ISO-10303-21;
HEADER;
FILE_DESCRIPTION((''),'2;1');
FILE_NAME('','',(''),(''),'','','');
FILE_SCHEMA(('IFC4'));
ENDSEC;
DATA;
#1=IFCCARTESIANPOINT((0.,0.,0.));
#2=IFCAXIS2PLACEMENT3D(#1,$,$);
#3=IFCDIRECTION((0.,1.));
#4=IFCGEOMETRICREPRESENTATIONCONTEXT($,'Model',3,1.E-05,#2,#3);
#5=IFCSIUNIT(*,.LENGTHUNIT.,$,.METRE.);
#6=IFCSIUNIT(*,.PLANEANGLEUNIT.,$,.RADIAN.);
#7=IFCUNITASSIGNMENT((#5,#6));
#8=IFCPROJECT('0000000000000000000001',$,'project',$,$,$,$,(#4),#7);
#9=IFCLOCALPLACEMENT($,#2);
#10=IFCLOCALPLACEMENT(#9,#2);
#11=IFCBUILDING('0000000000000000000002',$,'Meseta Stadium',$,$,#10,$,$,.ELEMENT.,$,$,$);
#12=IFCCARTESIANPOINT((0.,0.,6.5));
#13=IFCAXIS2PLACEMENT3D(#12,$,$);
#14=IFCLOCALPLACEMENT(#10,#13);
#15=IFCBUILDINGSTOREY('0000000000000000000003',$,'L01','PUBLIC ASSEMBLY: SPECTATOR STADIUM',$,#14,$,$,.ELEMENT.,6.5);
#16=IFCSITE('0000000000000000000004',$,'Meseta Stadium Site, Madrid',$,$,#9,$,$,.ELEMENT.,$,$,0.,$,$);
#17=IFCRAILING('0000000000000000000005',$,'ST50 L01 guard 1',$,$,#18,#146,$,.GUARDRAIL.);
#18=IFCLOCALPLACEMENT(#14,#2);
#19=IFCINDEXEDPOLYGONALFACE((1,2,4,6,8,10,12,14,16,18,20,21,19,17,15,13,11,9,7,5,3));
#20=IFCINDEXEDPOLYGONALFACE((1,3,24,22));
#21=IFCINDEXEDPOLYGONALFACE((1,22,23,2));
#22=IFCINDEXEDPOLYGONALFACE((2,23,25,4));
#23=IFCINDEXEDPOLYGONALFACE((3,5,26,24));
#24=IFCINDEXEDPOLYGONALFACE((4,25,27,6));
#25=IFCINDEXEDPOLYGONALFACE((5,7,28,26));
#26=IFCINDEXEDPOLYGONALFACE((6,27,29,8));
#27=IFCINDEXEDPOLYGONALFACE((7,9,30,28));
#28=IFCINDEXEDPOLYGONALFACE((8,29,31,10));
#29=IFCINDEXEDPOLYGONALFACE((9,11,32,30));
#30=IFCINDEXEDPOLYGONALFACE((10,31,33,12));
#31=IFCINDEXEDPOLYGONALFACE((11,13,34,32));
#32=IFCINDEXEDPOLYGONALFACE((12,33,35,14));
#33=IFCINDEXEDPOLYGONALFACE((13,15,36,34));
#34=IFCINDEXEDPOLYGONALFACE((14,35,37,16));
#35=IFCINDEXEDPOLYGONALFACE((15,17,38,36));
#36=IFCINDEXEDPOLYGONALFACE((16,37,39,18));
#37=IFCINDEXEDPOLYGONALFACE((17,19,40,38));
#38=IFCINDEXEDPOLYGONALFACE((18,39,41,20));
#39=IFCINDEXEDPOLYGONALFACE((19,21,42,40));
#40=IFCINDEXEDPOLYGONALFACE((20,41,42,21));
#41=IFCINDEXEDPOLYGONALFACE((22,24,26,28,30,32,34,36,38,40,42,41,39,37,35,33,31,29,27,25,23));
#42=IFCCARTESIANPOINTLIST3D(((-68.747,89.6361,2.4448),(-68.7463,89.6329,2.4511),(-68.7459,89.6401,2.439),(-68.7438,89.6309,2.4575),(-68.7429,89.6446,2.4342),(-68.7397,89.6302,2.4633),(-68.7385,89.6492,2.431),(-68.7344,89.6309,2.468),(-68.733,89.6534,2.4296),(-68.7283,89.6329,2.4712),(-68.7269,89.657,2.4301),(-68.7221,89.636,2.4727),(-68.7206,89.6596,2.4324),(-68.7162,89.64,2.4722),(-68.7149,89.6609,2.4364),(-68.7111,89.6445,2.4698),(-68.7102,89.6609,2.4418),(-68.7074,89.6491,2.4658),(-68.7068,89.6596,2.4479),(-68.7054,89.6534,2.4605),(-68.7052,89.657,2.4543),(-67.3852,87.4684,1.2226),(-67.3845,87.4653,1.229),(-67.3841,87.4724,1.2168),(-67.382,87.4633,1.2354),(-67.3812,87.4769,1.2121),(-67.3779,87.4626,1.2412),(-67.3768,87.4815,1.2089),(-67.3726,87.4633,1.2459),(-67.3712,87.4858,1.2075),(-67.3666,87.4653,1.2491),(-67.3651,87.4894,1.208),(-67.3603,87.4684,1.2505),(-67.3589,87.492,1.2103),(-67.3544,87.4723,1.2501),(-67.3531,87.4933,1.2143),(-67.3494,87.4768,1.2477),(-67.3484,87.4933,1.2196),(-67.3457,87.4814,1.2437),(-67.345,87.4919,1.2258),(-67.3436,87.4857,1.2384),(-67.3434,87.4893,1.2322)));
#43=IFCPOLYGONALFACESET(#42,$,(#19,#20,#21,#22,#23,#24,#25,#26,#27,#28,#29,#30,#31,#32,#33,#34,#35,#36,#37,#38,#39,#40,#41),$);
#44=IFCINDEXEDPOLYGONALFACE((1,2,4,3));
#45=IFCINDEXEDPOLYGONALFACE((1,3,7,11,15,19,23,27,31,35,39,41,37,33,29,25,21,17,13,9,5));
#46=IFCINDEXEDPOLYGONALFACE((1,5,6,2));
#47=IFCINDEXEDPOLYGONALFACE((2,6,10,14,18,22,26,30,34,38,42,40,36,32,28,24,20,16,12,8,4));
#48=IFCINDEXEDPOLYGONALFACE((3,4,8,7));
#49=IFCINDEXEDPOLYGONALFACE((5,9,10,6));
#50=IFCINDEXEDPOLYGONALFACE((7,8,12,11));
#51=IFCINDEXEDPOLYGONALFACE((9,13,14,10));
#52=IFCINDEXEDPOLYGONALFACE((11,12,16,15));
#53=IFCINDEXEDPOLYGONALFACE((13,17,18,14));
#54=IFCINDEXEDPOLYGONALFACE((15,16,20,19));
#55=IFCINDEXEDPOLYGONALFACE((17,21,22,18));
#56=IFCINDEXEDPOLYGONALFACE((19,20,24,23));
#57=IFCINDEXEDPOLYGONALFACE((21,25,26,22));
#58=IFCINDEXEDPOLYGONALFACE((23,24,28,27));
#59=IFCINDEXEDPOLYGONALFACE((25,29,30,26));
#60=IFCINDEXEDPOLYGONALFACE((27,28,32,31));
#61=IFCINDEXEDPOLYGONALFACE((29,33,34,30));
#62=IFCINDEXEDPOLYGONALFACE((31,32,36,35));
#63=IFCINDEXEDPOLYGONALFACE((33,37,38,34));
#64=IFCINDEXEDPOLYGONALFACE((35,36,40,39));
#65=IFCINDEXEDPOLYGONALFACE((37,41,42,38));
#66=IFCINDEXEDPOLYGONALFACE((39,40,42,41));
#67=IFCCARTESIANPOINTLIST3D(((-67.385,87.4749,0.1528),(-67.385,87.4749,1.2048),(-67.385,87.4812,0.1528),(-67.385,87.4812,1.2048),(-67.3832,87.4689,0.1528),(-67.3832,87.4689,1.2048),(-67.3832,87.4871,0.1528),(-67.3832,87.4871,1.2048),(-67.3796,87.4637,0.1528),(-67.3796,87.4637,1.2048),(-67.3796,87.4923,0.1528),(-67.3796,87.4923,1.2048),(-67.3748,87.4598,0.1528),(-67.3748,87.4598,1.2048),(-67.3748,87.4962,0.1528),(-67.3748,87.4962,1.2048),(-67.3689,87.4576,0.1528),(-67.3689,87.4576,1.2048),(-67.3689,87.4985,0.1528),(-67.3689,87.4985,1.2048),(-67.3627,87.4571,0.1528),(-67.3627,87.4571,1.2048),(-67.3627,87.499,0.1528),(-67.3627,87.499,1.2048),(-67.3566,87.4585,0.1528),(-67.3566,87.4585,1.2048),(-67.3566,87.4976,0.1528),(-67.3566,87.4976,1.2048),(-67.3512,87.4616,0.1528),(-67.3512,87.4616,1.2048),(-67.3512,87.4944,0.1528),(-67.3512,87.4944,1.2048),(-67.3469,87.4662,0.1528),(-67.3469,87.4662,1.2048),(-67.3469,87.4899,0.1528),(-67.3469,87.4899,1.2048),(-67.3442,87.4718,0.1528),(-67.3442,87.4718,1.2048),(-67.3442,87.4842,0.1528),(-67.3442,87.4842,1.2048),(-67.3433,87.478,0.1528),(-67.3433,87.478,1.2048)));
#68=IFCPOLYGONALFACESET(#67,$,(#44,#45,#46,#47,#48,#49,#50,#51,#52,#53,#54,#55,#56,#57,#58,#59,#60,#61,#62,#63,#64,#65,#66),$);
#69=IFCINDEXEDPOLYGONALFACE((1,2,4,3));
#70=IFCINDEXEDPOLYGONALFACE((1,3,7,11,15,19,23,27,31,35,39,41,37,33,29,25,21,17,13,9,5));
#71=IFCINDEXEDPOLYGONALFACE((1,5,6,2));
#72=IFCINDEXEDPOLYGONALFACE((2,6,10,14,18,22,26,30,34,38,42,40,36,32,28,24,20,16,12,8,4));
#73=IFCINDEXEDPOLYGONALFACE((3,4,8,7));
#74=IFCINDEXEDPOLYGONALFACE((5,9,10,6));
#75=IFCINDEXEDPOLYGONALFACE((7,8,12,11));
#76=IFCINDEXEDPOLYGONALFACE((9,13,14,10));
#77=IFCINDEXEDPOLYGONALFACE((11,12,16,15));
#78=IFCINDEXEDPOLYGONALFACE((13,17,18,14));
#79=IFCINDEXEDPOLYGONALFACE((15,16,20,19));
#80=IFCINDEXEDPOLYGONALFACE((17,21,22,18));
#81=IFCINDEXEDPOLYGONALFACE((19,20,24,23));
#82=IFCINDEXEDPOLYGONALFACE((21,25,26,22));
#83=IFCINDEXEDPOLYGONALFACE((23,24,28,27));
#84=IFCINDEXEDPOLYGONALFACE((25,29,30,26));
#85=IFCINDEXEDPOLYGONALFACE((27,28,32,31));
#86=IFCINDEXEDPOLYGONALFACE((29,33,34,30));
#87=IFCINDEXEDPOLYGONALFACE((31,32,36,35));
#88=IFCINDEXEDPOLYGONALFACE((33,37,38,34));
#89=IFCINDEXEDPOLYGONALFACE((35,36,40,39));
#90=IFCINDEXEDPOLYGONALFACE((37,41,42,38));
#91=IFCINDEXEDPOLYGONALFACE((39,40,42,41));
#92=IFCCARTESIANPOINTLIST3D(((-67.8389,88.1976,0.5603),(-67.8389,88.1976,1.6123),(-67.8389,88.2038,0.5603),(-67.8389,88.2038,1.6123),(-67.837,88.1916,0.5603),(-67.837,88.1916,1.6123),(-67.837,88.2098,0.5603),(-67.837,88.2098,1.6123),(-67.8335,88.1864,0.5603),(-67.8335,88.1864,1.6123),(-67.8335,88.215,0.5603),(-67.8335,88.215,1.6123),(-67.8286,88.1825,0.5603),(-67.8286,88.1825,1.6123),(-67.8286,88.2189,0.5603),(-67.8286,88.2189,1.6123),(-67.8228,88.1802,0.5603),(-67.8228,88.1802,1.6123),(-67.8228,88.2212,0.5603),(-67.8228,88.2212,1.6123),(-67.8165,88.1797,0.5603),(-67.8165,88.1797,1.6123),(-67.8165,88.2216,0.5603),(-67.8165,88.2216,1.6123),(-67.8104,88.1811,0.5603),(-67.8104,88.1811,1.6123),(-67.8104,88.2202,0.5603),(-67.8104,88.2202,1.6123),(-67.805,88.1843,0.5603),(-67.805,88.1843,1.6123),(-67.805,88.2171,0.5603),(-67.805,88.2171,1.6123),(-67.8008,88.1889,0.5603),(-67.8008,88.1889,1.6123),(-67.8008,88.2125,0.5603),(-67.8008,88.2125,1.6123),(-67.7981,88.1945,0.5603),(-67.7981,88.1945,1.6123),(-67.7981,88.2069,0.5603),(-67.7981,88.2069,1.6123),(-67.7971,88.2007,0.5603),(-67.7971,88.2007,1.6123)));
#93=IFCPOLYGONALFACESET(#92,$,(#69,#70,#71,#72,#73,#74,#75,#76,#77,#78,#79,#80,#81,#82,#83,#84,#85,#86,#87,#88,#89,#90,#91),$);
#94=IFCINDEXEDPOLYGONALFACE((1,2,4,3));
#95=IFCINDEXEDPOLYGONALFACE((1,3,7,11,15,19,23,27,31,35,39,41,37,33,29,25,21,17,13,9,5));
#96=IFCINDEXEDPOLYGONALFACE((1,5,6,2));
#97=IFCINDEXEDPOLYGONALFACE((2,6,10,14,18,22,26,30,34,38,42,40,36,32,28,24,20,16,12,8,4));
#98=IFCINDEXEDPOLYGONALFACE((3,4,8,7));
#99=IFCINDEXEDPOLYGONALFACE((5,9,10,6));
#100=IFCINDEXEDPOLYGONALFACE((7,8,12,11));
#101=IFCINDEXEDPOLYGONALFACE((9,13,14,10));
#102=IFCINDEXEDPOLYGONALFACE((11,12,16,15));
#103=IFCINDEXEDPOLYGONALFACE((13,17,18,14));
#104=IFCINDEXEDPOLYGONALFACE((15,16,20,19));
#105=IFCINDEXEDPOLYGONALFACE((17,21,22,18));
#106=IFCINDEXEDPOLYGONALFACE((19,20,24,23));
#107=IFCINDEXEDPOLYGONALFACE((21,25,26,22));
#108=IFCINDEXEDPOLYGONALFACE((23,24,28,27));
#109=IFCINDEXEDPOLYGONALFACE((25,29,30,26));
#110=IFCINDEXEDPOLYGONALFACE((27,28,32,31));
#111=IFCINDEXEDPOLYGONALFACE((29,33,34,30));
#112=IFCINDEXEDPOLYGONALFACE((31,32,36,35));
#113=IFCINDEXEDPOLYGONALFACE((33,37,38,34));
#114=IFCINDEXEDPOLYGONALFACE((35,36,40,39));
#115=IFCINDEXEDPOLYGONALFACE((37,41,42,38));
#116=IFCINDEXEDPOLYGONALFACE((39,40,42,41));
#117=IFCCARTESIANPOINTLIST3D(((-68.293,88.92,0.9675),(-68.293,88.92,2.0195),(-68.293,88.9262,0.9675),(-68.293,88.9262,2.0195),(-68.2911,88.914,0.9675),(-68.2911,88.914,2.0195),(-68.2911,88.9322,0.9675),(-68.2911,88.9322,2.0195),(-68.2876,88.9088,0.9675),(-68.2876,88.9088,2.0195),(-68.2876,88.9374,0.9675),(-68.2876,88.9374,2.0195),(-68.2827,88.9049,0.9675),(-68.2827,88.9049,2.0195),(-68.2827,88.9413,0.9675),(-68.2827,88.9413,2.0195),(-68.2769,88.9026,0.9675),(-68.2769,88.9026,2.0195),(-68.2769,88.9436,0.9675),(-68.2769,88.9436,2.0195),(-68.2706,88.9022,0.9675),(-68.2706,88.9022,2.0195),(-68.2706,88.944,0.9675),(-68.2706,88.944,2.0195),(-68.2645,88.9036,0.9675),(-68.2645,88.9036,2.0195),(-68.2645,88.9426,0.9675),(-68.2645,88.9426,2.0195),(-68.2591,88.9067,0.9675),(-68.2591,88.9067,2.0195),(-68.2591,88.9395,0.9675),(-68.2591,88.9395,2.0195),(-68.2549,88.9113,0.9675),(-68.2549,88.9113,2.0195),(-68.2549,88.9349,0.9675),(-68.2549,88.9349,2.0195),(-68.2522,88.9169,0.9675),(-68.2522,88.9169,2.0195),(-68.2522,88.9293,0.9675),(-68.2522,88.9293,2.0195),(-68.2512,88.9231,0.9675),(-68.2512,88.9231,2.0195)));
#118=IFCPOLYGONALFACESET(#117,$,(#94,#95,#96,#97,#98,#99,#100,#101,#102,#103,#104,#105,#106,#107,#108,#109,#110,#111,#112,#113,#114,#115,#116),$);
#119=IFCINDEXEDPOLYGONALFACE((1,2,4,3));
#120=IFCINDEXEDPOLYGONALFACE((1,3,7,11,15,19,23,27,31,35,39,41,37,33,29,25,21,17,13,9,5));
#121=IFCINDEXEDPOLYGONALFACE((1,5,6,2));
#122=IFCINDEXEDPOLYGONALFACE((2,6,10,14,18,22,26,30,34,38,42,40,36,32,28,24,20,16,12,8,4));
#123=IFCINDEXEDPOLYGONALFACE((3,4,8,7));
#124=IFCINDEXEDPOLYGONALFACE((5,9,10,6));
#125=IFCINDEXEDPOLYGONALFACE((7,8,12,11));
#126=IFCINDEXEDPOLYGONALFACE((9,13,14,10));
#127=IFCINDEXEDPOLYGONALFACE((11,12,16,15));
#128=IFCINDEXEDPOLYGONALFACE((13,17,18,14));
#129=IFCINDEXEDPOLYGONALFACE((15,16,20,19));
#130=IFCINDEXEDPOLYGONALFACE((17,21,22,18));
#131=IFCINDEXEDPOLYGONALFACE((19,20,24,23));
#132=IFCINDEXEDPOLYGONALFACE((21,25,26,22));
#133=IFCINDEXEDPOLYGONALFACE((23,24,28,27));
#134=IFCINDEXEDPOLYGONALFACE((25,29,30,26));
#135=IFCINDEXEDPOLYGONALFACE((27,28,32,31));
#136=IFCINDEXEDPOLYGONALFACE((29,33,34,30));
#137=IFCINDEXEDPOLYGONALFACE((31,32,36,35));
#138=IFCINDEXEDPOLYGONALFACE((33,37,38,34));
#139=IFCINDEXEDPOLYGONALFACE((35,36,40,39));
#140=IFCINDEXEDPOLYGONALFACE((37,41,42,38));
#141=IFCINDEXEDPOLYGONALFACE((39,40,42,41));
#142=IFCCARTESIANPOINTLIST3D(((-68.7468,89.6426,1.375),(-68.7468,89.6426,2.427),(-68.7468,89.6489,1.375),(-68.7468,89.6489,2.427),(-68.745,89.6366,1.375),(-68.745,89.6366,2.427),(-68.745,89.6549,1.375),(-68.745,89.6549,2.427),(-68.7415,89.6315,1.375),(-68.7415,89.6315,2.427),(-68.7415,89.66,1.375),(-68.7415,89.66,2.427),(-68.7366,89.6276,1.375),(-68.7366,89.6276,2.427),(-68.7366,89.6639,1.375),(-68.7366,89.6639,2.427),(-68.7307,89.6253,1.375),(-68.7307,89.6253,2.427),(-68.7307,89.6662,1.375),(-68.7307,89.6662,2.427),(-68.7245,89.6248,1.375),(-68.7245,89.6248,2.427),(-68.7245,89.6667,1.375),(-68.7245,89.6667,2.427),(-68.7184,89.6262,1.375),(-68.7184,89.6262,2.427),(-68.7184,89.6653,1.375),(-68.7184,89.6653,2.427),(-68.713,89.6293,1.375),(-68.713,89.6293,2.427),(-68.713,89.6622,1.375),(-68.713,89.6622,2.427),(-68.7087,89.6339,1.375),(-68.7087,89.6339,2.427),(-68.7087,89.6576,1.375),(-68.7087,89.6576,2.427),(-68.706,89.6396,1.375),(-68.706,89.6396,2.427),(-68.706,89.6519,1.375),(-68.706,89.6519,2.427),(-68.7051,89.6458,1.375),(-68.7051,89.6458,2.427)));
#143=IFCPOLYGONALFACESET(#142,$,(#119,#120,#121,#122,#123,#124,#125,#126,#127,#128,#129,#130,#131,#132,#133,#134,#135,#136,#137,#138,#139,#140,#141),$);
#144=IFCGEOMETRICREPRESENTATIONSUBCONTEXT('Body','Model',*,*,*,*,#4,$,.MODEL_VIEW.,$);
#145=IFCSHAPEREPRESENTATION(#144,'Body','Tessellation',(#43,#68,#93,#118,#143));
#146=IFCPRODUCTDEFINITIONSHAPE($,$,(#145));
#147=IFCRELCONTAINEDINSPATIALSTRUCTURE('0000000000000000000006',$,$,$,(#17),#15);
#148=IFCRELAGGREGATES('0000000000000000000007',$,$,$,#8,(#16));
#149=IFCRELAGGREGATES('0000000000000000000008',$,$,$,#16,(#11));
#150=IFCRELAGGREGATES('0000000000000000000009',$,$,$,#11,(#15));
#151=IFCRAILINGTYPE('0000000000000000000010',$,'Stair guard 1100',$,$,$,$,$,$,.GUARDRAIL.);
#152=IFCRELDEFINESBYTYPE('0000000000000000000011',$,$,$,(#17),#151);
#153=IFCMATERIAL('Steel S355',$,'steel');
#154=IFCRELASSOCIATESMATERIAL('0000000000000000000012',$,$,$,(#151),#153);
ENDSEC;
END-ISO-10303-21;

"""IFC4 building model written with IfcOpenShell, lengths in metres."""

from ifc_helpers import new_model, si_unit, direction, frame, origin, origin_2d, place, context, subcontext, project, spatial, circle, extrude, material, type_object, element, save


model = new_model("IFC4")

# Units and contexts
model_context = context("Model", 3, precision=1e-05, world=origin(), true_north=direction((0.0, 1.0)))
body_context = subcontext(model_context, "Body", "Model", "MODEL_VIEW")
ifc_project = project(units=[si_unit("LENGTHUNIT", "METRE"), si_unit("PLANEANGLEUNIT", "RADIAN")], contexts=[model_context])

# Site, building, storey
site_placement = place(None, origin())
site = spatial("IfcSite", under=ifc_project, at=site_placement, Name="Meseta Stadium Site, Madrid", CompositionType="ELEMENT", RefElevation=0.0)
building_placement = place(site_placement, origin())
building = spatial("IfcBuilding", under=site, at=building_placement, Name="Meseta Stadium", CompositionType="ELEMENT")
storey_placement = place(building_placement, frame((0.0, 0.0, 6.5)))
storey = spatial("IfcBuildingStorey", under=building, at=storey_placement, Name="L01", Description="PUBLIC ASSEMBLY: SPECTATOR STADIUM", CompositionType="ELEMENT", Elevation=6.5)

# Railing
ifc_material_1 = material(Name="Steel S355", Category="steel")
railing_type_1 = type_object("IfcRailingType", Name="Stair guard 1100", PredefinedType="GUARDRAIL", material=ifc_material_1)
railing_1_placement = place(storey_placement, frame((-67.3643, 87.478, 0.1528)))
element("IfcRailing", 1, at=railing_1_placement, inside=storey, type_object=railing_type_1, Name="ST50 L01 guard 1", PredefinedType="GUARDRAIL", context=body_context, shape_type="SweptSolid", body=[
    extrude(circle(Radius=0.0239, at=origin_2d()), frame((0.0, 0.0, 1.0762), z_axis=(-0.480059, 0.764152, 0.430831), x_axis=(-0.846769, -0.531961, 0.0)), (0.0, 0.0, 1.0), 2.8367),
    extrude(circle(Radius=0.021, at=origin_2d()), origin(), (0.0, 0.0, 1.0), 1.052),
    extrude(circle(Radius=0.021, at=origin_2d()), frame((-0.4539, 0.7227, 0.4075)), (0.0, 0.0, 1.0), 1.052),
    extrude(circle(Radius=0.021, at=origin_2d()), frame((-0.908, 1.4451, 0.8147)), (0.0, 0.0, 1.0), 1.052),
    extrude(circle(Radius=0.021, at=origin_2d()), frame((-1.3618, 2.1677, 1.2222)), (0.0, 0.0, 1.0), 1.052),
])

save(model, "model.ifc")
